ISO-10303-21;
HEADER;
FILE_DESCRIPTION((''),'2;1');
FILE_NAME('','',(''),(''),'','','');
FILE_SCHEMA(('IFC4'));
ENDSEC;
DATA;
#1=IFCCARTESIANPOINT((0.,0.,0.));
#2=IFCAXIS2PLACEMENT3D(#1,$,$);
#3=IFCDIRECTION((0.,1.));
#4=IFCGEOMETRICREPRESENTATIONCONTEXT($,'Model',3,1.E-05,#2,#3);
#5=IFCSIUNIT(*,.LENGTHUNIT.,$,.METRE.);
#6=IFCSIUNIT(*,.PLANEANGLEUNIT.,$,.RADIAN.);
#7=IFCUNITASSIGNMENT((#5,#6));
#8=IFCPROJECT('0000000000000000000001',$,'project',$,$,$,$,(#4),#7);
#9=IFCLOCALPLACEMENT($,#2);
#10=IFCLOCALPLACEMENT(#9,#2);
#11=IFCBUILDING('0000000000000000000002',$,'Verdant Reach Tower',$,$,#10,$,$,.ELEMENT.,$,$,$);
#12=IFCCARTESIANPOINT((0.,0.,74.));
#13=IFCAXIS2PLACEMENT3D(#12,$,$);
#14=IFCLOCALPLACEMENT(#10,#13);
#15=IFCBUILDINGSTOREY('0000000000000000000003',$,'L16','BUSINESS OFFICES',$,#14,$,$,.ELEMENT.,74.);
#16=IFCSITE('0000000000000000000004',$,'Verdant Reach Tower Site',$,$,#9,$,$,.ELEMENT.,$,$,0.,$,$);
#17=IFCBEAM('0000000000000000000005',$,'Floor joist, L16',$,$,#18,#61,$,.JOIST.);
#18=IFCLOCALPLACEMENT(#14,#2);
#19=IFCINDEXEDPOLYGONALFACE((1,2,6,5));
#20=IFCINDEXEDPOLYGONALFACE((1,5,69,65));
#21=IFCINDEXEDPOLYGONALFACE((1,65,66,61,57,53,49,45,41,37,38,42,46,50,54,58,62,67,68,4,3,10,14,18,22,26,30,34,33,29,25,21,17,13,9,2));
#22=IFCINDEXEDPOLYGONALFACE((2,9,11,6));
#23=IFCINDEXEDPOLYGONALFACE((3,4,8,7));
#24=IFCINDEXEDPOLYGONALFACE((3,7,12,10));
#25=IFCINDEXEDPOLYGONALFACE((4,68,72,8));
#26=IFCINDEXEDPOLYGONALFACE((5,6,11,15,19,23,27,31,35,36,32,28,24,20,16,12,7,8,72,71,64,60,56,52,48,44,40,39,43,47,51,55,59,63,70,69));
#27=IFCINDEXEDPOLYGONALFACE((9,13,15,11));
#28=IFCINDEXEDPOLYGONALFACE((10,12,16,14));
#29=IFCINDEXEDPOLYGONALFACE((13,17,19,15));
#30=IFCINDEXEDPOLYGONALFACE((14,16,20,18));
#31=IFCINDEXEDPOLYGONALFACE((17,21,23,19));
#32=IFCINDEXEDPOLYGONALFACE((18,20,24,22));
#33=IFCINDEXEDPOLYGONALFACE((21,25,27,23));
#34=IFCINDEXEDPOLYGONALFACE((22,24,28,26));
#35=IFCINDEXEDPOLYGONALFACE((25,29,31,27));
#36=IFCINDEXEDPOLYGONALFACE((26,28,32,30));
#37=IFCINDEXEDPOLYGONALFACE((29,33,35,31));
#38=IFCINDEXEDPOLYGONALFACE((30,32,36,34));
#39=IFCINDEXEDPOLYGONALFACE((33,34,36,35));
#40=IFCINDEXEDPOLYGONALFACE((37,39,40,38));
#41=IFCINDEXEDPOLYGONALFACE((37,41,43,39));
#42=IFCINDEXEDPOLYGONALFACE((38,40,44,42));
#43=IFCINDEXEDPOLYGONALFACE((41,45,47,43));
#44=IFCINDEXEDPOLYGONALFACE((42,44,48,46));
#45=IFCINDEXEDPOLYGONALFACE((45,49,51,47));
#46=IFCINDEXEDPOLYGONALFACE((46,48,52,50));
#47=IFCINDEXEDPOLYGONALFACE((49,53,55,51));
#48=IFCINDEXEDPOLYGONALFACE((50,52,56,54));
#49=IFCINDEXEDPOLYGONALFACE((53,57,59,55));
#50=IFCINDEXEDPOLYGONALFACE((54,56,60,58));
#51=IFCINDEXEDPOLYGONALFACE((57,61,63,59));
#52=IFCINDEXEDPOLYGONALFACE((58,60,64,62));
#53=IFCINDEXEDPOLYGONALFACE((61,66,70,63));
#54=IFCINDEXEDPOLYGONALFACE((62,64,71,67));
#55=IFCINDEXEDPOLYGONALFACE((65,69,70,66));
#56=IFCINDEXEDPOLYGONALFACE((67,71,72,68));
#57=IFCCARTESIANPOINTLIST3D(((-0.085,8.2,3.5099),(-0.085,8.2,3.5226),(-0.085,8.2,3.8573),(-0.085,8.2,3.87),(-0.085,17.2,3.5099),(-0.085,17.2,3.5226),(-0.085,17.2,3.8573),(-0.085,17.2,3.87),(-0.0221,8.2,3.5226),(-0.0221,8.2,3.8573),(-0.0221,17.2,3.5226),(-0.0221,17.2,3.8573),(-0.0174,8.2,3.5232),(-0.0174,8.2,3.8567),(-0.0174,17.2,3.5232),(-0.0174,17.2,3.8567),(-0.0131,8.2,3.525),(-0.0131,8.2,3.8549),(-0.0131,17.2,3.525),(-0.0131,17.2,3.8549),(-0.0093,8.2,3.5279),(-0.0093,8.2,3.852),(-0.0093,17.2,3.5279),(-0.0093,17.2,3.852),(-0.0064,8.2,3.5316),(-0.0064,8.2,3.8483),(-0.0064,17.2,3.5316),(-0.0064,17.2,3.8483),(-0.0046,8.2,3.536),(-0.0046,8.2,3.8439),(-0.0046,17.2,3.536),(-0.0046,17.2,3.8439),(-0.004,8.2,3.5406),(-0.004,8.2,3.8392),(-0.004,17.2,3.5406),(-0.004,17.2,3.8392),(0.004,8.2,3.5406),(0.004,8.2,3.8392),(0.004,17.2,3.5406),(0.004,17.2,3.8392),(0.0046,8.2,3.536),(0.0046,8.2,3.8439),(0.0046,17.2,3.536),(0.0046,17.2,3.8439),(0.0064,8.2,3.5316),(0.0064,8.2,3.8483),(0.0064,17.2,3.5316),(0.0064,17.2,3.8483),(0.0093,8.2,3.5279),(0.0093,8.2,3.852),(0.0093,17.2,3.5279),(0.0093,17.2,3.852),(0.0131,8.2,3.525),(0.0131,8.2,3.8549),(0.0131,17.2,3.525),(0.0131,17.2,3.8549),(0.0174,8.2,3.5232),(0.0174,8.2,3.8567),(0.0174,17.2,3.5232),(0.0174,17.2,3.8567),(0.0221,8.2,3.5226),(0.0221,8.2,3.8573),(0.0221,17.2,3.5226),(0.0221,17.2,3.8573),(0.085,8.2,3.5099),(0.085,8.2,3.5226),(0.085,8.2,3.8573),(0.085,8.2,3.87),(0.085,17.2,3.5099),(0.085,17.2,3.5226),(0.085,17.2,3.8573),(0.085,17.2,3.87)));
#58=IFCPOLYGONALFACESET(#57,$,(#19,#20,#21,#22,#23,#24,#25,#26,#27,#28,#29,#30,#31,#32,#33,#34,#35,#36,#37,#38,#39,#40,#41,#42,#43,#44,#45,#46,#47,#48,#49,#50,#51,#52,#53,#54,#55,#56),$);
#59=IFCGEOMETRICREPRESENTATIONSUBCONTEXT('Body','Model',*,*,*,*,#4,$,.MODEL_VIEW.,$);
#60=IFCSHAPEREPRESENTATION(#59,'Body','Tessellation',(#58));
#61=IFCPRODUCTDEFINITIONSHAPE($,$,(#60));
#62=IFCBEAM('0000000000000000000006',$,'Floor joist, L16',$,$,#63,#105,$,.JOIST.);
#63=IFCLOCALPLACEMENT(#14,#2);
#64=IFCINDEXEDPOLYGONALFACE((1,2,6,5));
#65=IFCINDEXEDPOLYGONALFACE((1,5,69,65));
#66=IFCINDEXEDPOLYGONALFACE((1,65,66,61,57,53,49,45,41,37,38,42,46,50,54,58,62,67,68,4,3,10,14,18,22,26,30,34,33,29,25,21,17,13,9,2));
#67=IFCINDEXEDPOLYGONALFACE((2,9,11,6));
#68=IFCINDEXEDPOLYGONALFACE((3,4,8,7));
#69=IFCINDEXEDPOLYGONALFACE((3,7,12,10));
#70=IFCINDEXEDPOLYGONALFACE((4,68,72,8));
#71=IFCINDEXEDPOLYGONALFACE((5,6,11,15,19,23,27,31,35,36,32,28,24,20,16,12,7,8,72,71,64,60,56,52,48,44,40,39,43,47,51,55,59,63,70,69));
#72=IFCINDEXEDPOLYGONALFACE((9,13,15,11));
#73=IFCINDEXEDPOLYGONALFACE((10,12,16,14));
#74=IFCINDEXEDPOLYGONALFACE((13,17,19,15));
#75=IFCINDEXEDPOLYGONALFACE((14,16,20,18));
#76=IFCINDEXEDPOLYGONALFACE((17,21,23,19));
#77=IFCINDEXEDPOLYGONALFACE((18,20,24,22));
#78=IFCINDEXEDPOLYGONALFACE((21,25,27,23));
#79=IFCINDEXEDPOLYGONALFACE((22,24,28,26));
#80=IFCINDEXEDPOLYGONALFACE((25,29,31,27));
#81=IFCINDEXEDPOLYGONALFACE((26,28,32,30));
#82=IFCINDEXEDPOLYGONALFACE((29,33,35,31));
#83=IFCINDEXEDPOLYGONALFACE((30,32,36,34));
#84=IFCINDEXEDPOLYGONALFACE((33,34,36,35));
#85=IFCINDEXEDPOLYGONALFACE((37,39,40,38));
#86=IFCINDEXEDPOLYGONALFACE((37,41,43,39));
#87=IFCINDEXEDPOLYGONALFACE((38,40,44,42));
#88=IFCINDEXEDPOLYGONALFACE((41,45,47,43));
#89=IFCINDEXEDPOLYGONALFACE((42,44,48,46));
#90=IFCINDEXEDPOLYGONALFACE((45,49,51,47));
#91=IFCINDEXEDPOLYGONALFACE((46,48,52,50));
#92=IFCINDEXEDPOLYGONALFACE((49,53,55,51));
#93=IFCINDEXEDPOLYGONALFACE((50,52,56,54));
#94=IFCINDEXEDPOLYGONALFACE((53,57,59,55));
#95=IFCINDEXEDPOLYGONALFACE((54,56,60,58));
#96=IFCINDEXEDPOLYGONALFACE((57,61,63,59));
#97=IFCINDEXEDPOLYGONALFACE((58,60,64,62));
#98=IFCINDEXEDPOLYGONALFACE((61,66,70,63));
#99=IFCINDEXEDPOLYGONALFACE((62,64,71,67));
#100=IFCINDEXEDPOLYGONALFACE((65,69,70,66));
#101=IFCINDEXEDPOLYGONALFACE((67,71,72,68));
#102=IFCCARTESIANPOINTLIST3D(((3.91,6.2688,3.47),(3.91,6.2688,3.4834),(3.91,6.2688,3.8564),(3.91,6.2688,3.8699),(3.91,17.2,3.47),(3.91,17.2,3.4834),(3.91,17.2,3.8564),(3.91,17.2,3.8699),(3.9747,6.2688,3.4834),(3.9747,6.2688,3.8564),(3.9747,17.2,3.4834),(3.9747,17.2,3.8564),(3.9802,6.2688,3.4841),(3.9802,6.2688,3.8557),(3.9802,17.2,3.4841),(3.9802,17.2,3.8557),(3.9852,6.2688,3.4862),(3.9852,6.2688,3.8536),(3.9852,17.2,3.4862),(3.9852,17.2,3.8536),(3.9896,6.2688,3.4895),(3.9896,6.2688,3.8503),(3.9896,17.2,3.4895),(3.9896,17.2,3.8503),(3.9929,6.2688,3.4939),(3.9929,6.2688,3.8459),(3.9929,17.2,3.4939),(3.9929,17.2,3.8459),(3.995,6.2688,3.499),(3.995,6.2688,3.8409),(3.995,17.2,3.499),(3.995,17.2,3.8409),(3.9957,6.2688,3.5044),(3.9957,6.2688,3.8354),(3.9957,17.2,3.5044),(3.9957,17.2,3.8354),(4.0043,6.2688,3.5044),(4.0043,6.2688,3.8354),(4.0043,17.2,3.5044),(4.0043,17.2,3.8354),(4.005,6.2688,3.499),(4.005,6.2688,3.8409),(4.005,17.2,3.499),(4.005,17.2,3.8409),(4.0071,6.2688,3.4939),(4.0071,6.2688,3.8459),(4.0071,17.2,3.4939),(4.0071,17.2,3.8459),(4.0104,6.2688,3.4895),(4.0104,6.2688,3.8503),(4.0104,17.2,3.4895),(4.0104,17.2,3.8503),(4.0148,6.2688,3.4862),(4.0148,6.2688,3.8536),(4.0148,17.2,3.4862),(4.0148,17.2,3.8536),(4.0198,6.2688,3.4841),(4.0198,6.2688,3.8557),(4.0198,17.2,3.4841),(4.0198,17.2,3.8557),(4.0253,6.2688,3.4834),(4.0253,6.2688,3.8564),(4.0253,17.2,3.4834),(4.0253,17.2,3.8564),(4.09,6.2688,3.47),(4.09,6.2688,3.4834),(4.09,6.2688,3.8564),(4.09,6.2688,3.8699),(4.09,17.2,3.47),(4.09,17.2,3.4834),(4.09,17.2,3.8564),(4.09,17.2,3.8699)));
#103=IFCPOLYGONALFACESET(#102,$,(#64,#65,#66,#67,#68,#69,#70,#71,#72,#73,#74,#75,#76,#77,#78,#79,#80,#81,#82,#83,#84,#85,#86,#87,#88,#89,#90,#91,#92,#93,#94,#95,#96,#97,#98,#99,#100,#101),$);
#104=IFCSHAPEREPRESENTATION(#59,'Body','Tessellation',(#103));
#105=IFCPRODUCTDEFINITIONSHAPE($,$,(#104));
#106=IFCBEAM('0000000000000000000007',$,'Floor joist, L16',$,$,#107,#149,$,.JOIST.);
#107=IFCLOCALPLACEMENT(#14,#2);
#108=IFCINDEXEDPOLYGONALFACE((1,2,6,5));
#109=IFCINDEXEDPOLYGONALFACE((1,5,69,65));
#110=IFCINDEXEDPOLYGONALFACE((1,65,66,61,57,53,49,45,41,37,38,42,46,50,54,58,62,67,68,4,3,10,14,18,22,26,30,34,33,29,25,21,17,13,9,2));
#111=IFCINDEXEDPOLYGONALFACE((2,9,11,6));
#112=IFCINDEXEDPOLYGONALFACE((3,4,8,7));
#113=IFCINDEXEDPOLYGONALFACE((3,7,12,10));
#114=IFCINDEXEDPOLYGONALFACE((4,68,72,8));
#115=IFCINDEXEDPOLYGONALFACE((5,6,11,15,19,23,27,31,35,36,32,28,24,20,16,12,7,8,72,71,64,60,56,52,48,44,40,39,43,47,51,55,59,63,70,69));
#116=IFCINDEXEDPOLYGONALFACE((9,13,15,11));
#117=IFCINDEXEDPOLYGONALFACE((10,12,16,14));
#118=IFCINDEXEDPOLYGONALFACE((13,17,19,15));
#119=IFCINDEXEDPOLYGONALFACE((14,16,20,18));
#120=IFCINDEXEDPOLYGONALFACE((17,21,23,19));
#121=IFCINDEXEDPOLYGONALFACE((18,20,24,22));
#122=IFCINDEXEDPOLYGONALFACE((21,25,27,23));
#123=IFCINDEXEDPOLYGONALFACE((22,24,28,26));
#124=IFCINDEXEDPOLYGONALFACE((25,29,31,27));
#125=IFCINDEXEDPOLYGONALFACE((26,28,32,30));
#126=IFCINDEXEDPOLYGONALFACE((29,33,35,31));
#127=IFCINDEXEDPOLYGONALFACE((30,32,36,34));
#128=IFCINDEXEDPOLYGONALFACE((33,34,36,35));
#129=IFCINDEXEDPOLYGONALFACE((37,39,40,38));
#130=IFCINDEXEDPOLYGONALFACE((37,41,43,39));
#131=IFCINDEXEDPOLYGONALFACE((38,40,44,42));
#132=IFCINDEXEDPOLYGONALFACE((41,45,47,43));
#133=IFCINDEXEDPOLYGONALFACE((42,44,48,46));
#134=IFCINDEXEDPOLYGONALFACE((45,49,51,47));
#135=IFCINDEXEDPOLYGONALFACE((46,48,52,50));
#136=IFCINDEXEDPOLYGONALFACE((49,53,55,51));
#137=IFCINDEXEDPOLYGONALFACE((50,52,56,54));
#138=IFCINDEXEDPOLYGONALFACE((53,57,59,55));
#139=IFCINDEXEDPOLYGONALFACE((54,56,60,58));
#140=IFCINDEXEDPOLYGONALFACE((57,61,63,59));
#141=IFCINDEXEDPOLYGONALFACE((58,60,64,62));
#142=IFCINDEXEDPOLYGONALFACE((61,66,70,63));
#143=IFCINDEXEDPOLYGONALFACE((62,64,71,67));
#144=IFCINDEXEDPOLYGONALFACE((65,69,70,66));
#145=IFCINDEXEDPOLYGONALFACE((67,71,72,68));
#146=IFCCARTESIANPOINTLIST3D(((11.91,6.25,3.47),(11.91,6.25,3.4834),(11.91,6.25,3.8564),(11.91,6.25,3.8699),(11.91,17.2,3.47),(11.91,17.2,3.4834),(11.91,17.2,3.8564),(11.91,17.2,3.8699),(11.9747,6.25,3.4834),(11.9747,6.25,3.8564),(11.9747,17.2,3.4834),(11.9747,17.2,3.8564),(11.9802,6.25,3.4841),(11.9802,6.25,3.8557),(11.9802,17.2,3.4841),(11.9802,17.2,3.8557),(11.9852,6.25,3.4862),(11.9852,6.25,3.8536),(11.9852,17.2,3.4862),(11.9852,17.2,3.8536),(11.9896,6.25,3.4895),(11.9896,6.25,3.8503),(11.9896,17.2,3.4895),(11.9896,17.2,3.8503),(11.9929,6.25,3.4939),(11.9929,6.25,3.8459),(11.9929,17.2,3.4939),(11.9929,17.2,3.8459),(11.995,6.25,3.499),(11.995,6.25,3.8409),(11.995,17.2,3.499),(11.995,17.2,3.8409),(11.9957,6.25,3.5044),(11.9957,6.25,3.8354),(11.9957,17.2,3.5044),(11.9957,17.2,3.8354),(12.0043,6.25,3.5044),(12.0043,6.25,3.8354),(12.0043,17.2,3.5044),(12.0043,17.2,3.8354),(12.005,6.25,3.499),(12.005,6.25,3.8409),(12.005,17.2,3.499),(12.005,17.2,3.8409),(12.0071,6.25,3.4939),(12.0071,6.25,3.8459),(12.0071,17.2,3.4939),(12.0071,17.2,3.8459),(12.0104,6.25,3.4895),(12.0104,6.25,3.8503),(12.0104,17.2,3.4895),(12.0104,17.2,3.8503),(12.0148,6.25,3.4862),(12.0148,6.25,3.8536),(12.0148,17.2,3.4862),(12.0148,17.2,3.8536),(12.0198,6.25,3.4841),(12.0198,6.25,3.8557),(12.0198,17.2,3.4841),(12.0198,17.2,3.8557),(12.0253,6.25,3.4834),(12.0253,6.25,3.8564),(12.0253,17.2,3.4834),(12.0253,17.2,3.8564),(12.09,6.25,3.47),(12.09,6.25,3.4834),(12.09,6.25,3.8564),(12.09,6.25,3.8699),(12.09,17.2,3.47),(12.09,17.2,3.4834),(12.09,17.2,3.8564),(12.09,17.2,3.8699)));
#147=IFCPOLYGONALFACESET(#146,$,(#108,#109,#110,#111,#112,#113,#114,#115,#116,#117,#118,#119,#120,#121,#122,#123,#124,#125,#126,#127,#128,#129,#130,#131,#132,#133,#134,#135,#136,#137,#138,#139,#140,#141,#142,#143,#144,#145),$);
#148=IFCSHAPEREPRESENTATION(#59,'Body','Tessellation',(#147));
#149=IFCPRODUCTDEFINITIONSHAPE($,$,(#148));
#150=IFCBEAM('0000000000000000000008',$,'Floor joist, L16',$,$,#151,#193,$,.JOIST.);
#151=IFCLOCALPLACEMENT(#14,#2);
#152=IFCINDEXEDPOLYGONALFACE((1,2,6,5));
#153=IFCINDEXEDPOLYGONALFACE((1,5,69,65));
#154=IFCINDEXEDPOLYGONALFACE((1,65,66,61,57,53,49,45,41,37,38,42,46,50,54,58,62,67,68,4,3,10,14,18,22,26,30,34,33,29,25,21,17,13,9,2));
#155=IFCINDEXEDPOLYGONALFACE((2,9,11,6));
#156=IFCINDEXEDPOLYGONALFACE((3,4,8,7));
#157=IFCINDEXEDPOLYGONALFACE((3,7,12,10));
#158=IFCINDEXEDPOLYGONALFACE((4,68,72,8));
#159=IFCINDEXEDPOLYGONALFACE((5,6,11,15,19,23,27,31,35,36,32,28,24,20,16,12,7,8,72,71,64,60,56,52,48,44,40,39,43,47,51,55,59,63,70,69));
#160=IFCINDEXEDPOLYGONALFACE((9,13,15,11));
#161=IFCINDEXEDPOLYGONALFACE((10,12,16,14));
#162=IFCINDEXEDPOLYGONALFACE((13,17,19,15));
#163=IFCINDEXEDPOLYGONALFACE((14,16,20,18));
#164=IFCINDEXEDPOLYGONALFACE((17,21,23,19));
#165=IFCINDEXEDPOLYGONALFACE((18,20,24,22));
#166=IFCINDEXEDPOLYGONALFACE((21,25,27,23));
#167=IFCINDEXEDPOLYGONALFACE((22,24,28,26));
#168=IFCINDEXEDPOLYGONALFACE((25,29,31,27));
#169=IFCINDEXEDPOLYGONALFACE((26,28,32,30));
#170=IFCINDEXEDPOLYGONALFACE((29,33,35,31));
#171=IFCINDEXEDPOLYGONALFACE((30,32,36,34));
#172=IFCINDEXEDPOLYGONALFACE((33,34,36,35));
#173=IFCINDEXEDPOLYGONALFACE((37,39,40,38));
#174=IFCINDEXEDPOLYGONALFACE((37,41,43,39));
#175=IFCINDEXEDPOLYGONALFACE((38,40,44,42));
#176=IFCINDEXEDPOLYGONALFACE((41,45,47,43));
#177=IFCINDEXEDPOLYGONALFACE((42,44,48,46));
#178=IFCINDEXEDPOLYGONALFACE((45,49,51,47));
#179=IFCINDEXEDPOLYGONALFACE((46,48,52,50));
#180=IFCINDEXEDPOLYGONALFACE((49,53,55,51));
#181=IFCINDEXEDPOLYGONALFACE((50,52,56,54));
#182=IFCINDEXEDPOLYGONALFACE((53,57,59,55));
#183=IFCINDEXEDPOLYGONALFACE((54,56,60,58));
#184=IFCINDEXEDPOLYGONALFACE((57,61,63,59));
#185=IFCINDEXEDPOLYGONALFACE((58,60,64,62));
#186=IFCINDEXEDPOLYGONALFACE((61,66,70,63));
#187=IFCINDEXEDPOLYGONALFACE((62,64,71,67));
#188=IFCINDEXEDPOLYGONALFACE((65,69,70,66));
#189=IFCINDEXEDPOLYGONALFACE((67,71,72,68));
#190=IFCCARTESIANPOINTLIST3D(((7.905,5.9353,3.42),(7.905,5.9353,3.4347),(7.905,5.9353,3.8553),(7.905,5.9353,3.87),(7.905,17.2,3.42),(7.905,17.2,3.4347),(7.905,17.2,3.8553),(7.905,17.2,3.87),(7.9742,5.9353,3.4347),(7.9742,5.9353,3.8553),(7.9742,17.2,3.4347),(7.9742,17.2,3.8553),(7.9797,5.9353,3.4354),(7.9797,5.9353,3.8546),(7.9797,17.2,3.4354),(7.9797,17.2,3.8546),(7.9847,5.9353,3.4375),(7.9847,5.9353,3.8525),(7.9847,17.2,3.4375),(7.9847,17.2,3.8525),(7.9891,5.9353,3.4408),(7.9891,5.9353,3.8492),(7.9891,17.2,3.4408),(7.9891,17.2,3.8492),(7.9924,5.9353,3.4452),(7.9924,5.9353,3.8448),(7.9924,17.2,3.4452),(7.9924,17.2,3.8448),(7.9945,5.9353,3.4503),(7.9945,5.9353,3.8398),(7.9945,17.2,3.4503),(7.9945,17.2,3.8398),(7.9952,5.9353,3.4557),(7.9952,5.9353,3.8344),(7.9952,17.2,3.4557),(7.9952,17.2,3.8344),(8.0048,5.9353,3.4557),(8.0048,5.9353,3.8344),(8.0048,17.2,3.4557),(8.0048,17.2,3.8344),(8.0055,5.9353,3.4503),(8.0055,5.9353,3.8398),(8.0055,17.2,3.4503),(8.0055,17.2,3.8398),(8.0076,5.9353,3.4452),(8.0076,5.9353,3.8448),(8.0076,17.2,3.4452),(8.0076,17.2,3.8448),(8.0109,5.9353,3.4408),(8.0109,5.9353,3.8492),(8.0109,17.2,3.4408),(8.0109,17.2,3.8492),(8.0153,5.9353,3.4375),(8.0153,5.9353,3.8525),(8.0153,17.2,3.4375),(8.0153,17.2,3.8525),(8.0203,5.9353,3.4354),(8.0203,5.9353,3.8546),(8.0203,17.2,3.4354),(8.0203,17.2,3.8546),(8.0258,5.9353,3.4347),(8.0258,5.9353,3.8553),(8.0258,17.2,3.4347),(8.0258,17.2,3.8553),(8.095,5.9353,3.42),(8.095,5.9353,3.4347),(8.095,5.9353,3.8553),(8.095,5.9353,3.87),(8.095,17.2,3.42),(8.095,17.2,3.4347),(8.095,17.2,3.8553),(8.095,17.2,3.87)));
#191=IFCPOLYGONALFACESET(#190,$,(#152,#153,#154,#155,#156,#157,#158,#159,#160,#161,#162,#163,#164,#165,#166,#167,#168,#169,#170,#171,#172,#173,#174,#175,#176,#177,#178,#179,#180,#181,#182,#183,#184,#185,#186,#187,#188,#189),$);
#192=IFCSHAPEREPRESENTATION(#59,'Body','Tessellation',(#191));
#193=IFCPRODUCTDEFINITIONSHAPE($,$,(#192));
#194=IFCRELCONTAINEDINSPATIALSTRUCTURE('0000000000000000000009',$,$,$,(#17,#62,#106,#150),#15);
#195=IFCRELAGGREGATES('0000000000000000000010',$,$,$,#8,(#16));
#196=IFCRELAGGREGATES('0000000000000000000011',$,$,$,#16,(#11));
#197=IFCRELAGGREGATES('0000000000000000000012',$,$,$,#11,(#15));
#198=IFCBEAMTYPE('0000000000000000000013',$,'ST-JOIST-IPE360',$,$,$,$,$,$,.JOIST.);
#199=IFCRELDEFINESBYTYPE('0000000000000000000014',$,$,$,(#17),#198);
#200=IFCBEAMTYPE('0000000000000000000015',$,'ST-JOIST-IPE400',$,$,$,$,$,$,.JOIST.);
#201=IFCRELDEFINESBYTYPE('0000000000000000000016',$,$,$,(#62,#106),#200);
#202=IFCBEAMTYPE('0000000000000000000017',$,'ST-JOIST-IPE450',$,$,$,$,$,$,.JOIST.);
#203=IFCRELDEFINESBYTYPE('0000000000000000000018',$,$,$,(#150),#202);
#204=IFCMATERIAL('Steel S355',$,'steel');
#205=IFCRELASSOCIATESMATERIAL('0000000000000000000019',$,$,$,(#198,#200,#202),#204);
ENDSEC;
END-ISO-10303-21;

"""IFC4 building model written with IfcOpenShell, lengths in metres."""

from ifc_helpers import new_model, si_unit, direction, frame, origin, origin_2d, place, context, subcontext, project, spatial, i_section, extrude, material, material_profile, profile_set, type_object, element, save


model = new_model("IFC4")

# Units and contexts
model_context = context("Model", 3, precision=1e-05, world=origin(), true_north=direction((0.0, 1.0)))
body_context = subcontext(model_context, "Body", "Model", "MODEL_VIEW")
ifc_project = project(units=[si_unit("LENGTHUNIT", "METRE"), si_unit("PLANEANGLEUNIT", "RADIAN")], contexts=[model_context])

# Site, building, storey
site_placement = place(None, origin())
site = spatial("IfcSite", under=ifc_project, at=site_placement, Name="Verdant Reach Tower Site", CompositionType="ELEMENT", RefElevation=0.0)
building_placement = place(site_placement, origin())
building = spatial("IfcBuilding", under=site, at=building_placement, Name="Verdant Reach Tower", CompositionType="ELEMENT")
storey_placement = place(building_placement, frame((0.0, 0.0, 74.0)))
storey = spatial("IfcBuildingStorey", under=building, at=storey_placement, Name="L16", Description="BUSINESS OFFICES", CompositionType="ELEMENT", Elevation=74.0)

# Beams
ifc_material_1 = material(Name="Steel S355", Category="steel")
ifc_material_profile_1 = material_profile(ifc_material_1, i_section(OverallWidth=0.1699, OverallDepth=0.3601, WebThickness=0.0081, FlangeThickness=0.0127, FilletRadius=0.0181, at=origin_2d()), Name="IPE 360")
ifc_profile_set_1 = profile_set([ifc_material_profile_1], Name="Steel S355")
beam_type_1 = type_object("IfcBeamType", Name="ST-JOIST-IPE360", PredefinedType="JOIST", material=ifc_profile_set_1)
beam_1_placement = place(storey_placement, frame((0.0, 17.2, 3.6899), z_axis=(0.0, -1.0, 0.0), x_axis=(1.0, 0.0, 0.0)))
element("IfcBeam", 1, at=beam_1_placement, inside=storey, type_object=beam_type_1, Name="Floor joist, L16", PredefinedType="JOIST", context=body_context, shape_type="SweptSolid", body=[
    extrude(i_section(OverallWidth=0.1699, OverallDepth=0.3601, WebThickness=0.0081, FlangeThickness=0.0127, FilletRadius=0.0181, at=origin_2d()), origin(), (0.0, 0.0, 1.0), 9.0),
])
ifc_material_profile_2 = material_profile(ifc_material_1, i_section(OverallWidth=0.1799, OverallDepth=0.3999, WebThickness=0.0085, FlangeThickness=0.0134, FilletRadius=0.021, at=origin_2d()), Name="IPE 400")
ifc_profile_set_2 = profile_set([ifc_material_profile_2], Name="Steel S355")
beam_type_2 = type_object("IfcBeamType", Name="ST-JOIST-IPE400", PredefinedType="JOIST", material=ifc_profile_set_2)
beam_2_placement = place(storey_placement, frame((4.0, 17.2, 3.6699), z_axis=(0.0, -1.0, 0.0), x_axis=(1.0, 0.0, 0.0)))
element("IfcBeam", 2, at=beam_2_placement, inside=storey, type_object=beam_type_2, Name="Floor joist, L16", PredefinedType="JOIST", context=body_context, shape_type="SweptSolid", body=[
    extrude(i_section(OverallWidth=0.1799, OverallDepth=0.3999, WebThickness=0.0085, FlangeThickness=0.0134, FilletRadius=0.021, at=origin_2d()), origin(), (0.0, 0.0, 1.0), 10.9312),
])
beam_3_placement = place(storey_placement, frame((12.0, 17.2, 3.6699), z_axis=(0.0, -1.0, 0.0), x_axis=(1.0, 0.0, 0.0)))
element("IfcBeam", 3, at=beam_3_placement, inside=storey, type_object=beam_type_2, Name="Floor joist, L16", PredefinedType="JOIST", context=body_context, shape_type="SweptSolid", body=[
    extrude(i_section(OverallWidth=0.1799, OverallDepth=0.3999, WebThickness=0.0085, FlangeThickness=0.0134, FilletRadius=0.021, at=origin_2d()), origin(), (0.0, 0.0, 1.0), 10.95),
])
ifc_material_profile_3 = material_profile(ifc_material_1, i_section(OverallWidth=0.1899, OverallDepth=0.45, WebThickness=0.0095, FlangeThickness=0.0146, FilletRadius=0.021, at=origin_2d()), Name="IPE 450")
ifc_profile_set_3 = profile_set([ifc_material_profile_3], Name="Steel S355")
beam_type_3 = type_object("IfcBeamType", Name="ST-JOIST-IPE450", PredefinedType="JOIST", material=ifc_profile_set_3)
beam_4_placement = place(storey_placement, frame((8.0, 17.2, 3.645), z_axis=(0.0, -1.0, 0.0), x_axis=(1.0, 0.0, 0.0)))
element("IfcBeam", 4, at=beam_4_placement, inside=storey, type_object=beam_type_3, Name="Floor joist, L16", PredefinedType="JOIST", context=body_context, shape_type="SweptSolid", body=[
    extrude(i_section(OverallWidth=0.1899, OverallDepth=0.45, WebThickness=0.0095, FlangeThickness=0.0146, FilletRadius=0.021, at=origin_2d()), origin(), (0.0, 0.0, 1.0), 11.2646),
])

save(model, "model.ifc")
